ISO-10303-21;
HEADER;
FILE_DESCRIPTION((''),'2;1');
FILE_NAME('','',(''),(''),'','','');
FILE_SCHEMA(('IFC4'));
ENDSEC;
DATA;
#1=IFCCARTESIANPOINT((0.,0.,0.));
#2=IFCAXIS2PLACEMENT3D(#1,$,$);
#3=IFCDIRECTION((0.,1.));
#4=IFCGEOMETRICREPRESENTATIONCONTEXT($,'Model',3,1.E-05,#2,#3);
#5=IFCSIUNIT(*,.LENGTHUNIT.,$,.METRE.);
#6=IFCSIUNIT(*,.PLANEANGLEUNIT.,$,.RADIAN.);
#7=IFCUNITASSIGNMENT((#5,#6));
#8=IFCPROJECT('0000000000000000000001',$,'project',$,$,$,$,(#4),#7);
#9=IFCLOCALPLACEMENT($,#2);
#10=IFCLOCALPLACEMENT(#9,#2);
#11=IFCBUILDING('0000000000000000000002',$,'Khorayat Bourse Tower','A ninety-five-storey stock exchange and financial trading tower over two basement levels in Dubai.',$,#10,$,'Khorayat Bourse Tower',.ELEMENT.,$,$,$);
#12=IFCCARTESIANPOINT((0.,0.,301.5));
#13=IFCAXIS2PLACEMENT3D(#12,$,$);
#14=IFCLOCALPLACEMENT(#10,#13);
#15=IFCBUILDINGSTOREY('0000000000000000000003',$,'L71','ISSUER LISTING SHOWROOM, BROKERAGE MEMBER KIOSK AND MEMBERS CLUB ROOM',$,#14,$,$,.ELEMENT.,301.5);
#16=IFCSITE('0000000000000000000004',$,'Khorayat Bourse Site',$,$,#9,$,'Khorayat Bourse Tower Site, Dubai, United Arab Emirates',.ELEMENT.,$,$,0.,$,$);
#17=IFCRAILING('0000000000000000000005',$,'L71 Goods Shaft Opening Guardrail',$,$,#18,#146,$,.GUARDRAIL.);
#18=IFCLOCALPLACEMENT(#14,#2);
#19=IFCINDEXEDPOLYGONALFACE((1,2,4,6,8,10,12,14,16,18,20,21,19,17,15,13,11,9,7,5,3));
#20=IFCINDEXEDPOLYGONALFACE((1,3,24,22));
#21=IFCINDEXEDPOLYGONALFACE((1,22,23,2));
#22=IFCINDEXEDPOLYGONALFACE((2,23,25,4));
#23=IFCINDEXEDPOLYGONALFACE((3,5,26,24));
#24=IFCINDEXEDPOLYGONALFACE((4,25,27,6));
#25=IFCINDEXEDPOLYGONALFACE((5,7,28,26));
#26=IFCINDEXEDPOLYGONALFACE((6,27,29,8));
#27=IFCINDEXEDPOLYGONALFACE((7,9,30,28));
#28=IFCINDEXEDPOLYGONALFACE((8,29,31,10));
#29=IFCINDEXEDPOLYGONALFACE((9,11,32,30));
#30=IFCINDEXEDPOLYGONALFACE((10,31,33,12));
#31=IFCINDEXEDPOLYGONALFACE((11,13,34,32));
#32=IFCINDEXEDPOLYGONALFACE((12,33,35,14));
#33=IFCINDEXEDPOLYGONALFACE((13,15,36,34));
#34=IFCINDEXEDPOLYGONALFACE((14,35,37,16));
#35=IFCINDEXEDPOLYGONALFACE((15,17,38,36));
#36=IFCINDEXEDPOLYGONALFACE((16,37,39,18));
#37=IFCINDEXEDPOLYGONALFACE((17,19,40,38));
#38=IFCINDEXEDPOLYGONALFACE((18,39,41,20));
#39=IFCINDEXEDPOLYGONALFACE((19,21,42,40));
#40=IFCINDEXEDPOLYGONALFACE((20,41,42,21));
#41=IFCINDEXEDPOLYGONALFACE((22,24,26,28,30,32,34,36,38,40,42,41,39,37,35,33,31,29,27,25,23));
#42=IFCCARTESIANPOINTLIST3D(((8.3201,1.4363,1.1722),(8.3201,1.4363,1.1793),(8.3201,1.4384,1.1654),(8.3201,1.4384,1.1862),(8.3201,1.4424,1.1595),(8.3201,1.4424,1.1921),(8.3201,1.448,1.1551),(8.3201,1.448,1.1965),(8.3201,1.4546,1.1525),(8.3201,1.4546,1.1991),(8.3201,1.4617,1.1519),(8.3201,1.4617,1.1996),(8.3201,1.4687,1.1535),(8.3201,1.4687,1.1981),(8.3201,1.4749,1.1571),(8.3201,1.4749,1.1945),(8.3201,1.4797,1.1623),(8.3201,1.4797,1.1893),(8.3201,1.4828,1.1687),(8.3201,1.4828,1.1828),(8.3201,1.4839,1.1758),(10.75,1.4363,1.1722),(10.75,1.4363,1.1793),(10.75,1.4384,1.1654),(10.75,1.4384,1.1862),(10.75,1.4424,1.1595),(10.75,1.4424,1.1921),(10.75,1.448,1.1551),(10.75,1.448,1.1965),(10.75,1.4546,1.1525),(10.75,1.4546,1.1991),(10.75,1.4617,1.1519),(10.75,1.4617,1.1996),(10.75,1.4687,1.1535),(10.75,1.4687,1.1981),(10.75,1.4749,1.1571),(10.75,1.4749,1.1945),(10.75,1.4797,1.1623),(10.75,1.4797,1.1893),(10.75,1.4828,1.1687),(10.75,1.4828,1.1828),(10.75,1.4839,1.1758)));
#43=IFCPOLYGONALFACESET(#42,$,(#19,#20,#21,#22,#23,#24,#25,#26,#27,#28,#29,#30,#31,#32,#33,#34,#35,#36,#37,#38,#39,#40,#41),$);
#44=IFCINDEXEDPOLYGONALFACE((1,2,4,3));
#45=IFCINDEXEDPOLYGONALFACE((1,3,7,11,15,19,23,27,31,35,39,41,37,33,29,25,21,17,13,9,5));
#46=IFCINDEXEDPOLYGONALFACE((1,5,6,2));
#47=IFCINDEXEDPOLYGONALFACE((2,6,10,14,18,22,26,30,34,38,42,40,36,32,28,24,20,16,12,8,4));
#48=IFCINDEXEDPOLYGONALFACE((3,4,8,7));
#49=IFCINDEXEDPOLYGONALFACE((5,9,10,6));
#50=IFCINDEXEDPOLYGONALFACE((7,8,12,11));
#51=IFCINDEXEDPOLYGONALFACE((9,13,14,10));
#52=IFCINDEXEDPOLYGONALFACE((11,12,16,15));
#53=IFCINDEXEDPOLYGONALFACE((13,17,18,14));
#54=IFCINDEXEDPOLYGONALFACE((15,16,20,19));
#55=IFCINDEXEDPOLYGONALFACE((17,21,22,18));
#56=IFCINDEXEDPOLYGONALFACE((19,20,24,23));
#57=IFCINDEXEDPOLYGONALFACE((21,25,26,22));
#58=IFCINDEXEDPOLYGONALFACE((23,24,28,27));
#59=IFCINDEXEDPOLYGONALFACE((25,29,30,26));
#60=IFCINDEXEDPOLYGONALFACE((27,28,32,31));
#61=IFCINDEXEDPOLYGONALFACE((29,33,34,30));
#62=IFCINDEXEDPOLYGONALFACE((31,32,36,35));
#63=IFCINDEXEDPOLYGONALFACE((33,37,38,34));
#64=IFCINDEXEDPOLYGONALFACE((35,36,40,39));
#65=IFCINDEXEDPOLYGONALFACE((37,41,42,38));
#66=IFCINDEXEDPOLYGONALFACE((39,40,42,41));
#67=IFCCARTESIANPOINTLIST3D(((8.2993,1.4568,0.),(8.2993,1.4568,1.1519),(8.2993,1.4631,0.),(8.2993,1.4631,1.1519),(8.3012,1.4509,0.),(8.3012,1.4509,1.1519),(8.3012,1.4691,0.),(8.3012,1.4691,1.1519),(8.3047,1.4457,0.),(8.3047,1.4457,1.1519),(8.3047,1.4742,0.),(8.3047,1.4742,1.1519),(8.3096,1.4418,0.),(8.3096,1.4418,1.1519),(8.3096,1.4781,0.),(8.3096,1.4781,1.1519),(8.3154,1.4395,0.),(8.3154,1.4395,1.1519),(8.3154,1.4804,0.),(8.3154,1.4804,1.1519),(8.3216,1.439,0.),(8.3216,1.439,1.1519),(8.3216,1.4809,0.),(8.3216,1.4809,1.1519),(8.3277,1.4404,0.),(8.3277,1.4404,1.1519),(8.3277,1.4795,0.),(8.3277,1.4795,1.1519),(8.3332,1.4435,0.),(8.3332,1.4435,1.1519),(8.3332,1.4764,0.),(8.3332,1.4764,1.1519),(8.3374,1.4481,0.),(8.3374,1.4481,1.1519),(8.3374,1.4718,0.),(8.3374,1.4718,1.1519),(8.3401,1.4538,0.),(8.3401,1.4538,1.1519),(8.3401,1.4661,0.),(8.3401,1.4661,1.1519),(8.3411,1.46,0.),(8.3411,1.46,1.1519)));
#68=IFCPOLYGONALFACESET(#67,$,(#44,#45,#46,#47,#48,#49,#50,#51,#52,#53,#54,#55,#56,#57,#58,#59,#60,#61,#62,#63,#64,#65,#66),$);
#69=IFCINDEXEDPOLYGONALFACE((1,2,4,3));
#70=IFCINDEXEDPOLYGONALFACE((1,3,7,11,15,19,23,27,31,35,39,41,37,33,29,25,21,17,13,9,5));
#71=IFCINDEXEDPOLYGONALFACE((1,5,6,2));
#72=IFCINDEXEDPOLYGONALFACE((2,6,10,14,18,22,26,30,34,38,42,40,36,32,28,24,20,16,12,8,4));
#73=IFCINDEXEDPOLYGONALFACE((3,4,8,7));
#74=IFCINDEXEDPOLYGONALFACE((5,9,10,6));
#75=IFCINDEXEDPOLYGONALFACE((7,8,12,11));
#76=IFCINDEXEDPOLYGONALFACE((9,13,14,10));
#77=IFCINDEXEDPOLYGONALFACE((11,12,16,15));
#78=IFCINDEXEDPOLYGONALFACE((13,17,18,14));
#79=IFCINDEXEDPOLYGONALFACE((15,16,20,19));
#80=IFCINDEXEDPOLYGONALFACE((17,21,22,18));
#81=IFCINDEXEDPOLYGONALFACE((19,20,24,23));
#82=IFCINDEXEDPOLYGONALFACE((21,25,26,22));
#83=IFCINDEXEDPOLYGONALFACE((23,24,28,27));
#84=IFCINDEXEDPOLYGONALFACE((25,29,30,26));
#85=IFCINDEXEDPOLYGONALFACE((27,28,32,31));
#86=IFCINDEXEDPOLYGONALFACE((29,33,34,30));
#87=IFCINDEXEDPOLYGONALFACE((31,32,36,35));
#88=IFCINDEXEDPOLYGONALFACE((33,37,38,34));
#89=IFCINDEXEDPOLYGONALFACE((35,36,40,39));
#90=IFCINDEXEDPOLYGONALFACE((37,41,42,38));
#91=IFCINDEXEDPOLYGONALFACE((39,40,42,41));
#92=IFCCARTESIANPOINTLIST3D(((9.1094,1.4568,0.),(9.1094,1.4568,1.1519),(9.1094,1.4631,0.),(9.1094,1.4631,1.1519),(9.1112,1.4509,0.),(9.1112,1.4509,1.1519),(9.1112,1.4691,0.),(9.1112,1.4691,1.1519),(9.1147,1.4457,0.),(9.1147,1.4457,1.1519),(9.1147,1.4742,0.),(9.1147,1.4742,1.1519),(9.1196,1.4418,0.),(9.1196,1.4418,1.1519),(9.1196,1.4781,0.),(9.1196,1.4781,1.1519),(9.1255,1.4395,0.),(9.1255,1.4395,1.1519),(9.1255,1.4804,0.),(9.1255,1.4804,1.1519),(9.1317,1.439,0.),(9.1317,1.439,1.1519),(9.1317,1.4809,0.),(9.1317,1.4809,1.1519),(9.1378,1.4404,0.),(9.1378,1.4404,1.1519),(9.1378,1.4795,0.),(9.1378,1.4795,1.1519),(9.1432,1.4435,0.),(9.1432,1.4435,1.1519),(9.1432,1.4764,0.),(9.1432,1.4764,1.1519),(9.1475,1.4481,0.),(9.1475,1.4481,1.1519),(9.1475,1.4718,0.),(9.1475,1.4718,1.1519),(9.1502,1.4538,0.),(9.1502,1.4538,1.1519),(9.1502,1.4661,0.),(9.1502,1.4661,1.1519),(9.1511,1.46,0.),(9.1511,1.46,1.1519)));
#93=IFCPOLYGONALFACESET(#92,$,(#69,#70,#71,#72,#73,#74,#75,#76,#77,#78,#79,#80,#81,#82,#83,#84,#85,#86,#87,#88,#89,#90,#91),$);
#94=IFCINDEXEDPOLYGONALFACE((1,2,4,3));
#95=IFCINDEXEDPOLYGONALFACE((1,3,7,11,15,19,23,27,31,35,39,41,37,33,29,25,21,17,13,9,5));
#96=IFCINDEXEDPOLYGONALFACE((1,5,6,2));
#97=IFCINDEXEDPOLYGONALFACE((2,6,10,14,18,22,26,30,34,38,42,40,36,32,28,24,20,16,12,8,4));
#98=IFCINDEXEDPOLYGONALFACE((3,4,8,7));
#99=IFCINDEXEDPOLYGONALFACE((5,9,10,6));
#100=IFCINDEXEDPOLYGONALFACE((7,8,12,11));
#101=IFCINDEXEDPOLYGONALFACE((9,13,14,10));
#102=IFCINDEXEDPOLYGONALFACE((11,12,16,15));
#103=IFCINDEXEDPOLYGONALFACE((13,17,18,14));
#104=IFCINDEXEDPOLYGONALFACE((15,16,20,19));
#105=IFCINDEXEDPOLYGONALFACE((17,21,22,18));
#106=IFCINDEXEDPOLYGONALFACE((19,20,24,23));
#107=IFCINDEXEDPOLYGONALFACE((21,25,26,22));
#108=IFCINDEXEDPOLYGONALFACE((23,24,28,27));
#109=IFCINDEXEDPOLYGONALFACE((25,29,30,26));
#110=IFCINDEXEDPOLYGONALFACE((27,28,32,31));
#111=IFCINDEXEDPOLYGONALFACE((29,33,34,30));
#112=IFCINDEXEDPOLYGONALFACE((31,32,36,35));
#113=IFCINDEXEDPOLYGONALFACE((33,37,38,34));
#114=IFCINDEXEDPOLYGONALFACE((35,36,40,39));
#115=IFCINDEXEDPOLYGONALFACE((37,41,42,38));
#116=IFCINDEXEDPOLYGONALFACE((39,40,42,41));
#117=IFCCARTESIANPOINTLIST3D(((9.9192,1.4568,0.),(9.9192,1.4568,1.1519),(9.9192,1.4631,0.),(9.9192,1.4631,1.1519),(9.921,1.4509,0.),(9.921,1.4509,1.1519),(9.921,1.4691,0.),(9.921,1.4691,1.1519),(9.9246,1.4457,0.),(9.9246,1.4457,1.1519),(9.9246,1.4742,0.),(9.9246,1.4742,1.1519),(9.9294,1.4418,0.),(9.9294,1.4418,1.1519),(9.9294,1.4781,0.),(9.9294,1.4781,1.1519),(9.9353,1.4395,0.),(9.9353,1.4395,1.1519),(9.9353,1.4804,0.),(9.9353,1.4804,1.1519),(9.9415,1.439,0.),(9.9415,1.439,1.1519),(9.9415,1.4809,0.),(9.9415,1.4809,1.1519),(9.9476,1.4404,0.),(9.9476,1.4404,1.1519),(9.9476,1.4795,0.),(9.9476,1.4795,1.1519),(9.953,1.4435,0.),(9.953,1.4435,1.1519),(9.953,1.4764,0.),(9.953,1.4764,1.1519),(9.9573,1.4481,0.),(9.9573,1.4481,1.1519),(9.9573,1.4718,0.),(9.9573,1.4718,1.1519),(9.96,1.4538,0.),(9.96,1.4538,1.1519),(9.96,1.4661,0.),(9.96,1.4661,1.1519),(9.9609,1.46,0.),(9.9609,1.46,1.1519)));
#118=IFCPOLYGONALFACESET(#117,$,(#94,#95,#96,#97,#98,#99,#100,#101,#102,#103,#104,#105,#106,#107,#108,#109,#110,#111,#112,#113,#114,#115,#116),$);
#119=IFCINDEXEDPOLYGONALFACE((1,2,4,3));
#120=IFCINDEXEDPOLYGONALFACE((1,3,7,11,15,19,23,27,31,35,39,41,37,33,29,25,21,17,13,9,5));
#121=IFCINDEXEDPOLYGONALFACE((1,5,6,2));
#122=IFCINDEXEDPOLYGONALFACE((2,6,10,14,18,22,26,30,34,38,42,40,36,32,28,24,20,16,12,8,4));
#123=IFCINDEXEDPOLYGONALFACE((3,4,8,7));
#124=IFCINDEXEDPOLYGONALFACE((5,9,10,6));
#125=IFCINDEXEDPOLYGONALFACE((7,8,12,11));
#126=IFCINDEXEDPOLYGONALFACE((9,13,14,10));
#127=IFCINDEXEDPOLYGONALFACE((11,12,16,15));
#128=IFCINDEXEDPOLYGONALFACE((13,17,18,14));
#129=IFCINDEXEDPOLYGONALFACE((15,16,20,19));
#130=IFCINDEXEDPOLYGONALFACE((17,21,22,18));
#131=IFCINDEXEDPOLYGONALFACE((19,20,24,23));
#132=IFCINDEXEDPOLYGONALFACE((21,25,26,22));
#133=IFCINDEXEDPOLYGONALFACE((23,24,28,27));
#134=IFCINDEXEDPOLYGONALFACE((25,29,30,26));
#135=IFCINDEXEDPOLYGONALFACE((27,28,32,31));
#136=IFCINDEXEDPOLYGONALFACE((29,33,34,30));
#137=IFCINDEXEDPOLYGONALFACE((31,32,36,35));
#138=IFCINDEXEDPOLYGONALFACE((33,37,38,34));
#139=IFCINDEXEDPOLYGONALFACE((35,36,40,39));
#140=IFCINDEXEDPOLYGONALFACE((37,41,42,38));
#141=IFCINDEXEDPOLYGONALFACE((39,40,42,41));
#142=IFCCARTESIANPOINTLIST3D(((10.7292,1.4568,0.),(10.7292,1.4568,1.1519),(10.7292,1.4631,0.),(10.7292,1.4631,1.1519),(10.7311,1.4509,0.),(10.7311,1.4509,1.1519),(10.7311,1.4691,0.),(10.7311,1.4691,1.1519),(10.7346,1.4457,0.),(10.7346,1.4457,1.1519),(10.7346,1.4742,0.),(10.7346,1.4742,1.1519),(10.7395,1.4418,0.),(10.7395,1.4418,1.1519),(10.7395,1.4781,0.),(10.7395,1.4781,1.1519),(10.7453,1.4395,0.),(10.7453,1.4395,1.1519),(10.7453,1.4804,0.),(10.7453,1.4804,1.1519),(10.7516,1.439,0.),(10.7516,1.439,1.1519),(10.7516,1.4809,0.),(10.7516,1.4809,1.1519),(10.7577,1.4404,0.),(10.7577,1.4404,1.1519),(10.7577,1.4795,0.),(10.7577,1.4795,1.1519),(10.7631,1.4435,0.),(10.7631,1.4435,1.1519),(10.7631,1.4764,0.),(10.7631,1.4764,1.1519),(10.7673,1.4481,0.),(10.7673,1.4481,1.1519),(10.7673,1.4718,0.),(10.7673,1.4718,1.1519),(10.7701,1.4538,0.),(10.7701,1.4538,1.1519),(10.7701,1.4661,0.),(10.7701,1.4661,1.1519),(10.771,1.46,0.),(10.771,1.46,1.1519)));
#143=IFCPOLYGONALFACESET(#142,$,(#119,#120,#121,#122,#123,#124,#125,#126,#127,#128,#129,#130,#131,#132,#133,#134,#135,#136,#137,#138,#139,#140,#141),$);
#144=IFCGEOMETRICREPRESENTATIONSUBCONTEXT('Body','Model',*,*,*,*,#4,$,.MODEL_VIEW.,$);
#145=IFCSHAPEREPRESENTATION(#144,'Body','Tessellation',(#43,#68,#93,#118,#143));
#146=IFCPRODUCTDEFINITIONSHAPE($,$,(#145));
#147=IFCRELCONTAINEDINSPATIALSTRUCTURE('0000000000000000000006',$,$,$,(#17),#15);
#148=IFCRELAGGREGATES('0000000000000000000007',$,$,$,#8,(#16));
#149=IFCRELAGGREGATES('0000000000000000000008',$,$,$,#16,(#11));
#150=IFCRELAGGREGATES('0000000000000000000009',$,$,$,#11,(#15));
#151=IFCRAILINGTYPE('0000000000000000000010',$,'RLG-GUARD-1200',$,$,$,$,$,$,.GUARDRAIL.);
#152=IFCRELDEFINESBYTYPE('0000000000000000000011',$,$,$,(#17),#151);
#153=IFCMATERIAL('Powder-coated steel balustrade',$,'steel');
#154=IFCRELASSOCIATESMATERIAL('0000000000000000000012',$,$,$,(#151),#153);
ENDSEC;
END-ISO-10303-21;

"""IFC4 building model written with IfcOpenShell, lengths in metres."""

from ifc_helpers import new_model, si_unit, direction, frame, origin, origin_2d, place, context, subcontext, project, spatial, circle, extrude, source, transform, mapped, material, type_object, element, save


model = new_model("IFC4")

# Units and contexts
model_context = context("Model", 3, precision=1e-05, world=origin(), true_north=direction((0.0, 1.0)))
body_context = subcontext(model_context, "Body", "Model", "MODEL_VIEW")
ifc_project = project(units=[si_unit("LENGTHUNIT", "METRE"), si_unit("PLANEANGLEUNIT", "RADIAN")], contexts=[model_context])

# Site, building, storey
site_placement = place(None, origin())
site = spatial("IfcSite", under=ifc_project, at=site_placement, Name="Khorayat Bourse Site", LongName="Khorayat Bourse Tower Site, Dubai, United Arab Emirates", CompositionType="ELEMENT", RefElevation=0.0)
building_placement = place(site_placement, origin())
building = spatial("IfcBuilding", under=site, at=building_placement, Name="Khorayat Bourse Tower", Description="A ninety-five-storey stock exchange and financial trading tower over two basement levels in Dubai.", LongName="Khorayat Bourse Tower", CompositionType="ELEMENT")
storey_placement = place(building_placement, frame((0.0, 0.0, 301.5)))
storey = spatial("IfcBuildingStorey", under=building, at=storey_placement, Name="L71", Description="ISSUER LISTING SHOWROOM, BROKERAGE MEMBER KIOSK AND MEMBERS CLUB ROOM", CompositionType="ELEMENT", Elevation=301.5)

# Railing
ifc_material_1 = material(Name="Powder-coated steel balustrade", Category="steel")
railing_type = type_object("IfcRailingType", Name="RLG-GUARD-1200", PredefinedType="GUARDRAIL", material=ifc_material_1)
shared_shape_1 = source(origin(), body_context, "Body", "SweptSolid", [
    extrude(circle(Radius=0.0239, at=origin_2d()), frame((0.0, 0.0, 1.1758), z_axis=(1.0, 0.0, 0.0), x_axis=(0.0, 1.0, 0.0)), (0.0, 0.0, 1.0), 2.4299),
    extrude(circle(Radius=0.021, at=origin_2d()), origin(), (0.0, 0.0, 1.0), 1.1519),
    extrude(circle(Radius=0.021, at=origin_2d()), frame((0.8101, 0.0, 0.0)), (0.0, 0.0, 1.0), 1.1519),
    extrude(circle(Radius=0.021, at=origin_2d()), frame((1.6199, 0.0, 0.0)), (0.0, 0.0, 1.0), 1.1519),
    extrude(circle(Radius=0.021, at=origin_2d()), frame((2.4299, 0.0, 0.0)), (0.0, 0.0, 1.0), 1.1519),
])
railing_placement = place(storey_placement, frame((8.3201, 1.46, 0.0)))
element("IfcRailing", 1, at=railing_placement, inside=storey, type_object=railing_type, Name="L71 Goods Shaft Opening Guardrail", PredefinedType="GUARDRAIL", context=body_context, shape_type="MappedRepresentation", body=[
    mapped(shared_shape_1, transform((0.0, 0.0, 0.0), scale=1.0)),
])

save(model, "model.ifc")
